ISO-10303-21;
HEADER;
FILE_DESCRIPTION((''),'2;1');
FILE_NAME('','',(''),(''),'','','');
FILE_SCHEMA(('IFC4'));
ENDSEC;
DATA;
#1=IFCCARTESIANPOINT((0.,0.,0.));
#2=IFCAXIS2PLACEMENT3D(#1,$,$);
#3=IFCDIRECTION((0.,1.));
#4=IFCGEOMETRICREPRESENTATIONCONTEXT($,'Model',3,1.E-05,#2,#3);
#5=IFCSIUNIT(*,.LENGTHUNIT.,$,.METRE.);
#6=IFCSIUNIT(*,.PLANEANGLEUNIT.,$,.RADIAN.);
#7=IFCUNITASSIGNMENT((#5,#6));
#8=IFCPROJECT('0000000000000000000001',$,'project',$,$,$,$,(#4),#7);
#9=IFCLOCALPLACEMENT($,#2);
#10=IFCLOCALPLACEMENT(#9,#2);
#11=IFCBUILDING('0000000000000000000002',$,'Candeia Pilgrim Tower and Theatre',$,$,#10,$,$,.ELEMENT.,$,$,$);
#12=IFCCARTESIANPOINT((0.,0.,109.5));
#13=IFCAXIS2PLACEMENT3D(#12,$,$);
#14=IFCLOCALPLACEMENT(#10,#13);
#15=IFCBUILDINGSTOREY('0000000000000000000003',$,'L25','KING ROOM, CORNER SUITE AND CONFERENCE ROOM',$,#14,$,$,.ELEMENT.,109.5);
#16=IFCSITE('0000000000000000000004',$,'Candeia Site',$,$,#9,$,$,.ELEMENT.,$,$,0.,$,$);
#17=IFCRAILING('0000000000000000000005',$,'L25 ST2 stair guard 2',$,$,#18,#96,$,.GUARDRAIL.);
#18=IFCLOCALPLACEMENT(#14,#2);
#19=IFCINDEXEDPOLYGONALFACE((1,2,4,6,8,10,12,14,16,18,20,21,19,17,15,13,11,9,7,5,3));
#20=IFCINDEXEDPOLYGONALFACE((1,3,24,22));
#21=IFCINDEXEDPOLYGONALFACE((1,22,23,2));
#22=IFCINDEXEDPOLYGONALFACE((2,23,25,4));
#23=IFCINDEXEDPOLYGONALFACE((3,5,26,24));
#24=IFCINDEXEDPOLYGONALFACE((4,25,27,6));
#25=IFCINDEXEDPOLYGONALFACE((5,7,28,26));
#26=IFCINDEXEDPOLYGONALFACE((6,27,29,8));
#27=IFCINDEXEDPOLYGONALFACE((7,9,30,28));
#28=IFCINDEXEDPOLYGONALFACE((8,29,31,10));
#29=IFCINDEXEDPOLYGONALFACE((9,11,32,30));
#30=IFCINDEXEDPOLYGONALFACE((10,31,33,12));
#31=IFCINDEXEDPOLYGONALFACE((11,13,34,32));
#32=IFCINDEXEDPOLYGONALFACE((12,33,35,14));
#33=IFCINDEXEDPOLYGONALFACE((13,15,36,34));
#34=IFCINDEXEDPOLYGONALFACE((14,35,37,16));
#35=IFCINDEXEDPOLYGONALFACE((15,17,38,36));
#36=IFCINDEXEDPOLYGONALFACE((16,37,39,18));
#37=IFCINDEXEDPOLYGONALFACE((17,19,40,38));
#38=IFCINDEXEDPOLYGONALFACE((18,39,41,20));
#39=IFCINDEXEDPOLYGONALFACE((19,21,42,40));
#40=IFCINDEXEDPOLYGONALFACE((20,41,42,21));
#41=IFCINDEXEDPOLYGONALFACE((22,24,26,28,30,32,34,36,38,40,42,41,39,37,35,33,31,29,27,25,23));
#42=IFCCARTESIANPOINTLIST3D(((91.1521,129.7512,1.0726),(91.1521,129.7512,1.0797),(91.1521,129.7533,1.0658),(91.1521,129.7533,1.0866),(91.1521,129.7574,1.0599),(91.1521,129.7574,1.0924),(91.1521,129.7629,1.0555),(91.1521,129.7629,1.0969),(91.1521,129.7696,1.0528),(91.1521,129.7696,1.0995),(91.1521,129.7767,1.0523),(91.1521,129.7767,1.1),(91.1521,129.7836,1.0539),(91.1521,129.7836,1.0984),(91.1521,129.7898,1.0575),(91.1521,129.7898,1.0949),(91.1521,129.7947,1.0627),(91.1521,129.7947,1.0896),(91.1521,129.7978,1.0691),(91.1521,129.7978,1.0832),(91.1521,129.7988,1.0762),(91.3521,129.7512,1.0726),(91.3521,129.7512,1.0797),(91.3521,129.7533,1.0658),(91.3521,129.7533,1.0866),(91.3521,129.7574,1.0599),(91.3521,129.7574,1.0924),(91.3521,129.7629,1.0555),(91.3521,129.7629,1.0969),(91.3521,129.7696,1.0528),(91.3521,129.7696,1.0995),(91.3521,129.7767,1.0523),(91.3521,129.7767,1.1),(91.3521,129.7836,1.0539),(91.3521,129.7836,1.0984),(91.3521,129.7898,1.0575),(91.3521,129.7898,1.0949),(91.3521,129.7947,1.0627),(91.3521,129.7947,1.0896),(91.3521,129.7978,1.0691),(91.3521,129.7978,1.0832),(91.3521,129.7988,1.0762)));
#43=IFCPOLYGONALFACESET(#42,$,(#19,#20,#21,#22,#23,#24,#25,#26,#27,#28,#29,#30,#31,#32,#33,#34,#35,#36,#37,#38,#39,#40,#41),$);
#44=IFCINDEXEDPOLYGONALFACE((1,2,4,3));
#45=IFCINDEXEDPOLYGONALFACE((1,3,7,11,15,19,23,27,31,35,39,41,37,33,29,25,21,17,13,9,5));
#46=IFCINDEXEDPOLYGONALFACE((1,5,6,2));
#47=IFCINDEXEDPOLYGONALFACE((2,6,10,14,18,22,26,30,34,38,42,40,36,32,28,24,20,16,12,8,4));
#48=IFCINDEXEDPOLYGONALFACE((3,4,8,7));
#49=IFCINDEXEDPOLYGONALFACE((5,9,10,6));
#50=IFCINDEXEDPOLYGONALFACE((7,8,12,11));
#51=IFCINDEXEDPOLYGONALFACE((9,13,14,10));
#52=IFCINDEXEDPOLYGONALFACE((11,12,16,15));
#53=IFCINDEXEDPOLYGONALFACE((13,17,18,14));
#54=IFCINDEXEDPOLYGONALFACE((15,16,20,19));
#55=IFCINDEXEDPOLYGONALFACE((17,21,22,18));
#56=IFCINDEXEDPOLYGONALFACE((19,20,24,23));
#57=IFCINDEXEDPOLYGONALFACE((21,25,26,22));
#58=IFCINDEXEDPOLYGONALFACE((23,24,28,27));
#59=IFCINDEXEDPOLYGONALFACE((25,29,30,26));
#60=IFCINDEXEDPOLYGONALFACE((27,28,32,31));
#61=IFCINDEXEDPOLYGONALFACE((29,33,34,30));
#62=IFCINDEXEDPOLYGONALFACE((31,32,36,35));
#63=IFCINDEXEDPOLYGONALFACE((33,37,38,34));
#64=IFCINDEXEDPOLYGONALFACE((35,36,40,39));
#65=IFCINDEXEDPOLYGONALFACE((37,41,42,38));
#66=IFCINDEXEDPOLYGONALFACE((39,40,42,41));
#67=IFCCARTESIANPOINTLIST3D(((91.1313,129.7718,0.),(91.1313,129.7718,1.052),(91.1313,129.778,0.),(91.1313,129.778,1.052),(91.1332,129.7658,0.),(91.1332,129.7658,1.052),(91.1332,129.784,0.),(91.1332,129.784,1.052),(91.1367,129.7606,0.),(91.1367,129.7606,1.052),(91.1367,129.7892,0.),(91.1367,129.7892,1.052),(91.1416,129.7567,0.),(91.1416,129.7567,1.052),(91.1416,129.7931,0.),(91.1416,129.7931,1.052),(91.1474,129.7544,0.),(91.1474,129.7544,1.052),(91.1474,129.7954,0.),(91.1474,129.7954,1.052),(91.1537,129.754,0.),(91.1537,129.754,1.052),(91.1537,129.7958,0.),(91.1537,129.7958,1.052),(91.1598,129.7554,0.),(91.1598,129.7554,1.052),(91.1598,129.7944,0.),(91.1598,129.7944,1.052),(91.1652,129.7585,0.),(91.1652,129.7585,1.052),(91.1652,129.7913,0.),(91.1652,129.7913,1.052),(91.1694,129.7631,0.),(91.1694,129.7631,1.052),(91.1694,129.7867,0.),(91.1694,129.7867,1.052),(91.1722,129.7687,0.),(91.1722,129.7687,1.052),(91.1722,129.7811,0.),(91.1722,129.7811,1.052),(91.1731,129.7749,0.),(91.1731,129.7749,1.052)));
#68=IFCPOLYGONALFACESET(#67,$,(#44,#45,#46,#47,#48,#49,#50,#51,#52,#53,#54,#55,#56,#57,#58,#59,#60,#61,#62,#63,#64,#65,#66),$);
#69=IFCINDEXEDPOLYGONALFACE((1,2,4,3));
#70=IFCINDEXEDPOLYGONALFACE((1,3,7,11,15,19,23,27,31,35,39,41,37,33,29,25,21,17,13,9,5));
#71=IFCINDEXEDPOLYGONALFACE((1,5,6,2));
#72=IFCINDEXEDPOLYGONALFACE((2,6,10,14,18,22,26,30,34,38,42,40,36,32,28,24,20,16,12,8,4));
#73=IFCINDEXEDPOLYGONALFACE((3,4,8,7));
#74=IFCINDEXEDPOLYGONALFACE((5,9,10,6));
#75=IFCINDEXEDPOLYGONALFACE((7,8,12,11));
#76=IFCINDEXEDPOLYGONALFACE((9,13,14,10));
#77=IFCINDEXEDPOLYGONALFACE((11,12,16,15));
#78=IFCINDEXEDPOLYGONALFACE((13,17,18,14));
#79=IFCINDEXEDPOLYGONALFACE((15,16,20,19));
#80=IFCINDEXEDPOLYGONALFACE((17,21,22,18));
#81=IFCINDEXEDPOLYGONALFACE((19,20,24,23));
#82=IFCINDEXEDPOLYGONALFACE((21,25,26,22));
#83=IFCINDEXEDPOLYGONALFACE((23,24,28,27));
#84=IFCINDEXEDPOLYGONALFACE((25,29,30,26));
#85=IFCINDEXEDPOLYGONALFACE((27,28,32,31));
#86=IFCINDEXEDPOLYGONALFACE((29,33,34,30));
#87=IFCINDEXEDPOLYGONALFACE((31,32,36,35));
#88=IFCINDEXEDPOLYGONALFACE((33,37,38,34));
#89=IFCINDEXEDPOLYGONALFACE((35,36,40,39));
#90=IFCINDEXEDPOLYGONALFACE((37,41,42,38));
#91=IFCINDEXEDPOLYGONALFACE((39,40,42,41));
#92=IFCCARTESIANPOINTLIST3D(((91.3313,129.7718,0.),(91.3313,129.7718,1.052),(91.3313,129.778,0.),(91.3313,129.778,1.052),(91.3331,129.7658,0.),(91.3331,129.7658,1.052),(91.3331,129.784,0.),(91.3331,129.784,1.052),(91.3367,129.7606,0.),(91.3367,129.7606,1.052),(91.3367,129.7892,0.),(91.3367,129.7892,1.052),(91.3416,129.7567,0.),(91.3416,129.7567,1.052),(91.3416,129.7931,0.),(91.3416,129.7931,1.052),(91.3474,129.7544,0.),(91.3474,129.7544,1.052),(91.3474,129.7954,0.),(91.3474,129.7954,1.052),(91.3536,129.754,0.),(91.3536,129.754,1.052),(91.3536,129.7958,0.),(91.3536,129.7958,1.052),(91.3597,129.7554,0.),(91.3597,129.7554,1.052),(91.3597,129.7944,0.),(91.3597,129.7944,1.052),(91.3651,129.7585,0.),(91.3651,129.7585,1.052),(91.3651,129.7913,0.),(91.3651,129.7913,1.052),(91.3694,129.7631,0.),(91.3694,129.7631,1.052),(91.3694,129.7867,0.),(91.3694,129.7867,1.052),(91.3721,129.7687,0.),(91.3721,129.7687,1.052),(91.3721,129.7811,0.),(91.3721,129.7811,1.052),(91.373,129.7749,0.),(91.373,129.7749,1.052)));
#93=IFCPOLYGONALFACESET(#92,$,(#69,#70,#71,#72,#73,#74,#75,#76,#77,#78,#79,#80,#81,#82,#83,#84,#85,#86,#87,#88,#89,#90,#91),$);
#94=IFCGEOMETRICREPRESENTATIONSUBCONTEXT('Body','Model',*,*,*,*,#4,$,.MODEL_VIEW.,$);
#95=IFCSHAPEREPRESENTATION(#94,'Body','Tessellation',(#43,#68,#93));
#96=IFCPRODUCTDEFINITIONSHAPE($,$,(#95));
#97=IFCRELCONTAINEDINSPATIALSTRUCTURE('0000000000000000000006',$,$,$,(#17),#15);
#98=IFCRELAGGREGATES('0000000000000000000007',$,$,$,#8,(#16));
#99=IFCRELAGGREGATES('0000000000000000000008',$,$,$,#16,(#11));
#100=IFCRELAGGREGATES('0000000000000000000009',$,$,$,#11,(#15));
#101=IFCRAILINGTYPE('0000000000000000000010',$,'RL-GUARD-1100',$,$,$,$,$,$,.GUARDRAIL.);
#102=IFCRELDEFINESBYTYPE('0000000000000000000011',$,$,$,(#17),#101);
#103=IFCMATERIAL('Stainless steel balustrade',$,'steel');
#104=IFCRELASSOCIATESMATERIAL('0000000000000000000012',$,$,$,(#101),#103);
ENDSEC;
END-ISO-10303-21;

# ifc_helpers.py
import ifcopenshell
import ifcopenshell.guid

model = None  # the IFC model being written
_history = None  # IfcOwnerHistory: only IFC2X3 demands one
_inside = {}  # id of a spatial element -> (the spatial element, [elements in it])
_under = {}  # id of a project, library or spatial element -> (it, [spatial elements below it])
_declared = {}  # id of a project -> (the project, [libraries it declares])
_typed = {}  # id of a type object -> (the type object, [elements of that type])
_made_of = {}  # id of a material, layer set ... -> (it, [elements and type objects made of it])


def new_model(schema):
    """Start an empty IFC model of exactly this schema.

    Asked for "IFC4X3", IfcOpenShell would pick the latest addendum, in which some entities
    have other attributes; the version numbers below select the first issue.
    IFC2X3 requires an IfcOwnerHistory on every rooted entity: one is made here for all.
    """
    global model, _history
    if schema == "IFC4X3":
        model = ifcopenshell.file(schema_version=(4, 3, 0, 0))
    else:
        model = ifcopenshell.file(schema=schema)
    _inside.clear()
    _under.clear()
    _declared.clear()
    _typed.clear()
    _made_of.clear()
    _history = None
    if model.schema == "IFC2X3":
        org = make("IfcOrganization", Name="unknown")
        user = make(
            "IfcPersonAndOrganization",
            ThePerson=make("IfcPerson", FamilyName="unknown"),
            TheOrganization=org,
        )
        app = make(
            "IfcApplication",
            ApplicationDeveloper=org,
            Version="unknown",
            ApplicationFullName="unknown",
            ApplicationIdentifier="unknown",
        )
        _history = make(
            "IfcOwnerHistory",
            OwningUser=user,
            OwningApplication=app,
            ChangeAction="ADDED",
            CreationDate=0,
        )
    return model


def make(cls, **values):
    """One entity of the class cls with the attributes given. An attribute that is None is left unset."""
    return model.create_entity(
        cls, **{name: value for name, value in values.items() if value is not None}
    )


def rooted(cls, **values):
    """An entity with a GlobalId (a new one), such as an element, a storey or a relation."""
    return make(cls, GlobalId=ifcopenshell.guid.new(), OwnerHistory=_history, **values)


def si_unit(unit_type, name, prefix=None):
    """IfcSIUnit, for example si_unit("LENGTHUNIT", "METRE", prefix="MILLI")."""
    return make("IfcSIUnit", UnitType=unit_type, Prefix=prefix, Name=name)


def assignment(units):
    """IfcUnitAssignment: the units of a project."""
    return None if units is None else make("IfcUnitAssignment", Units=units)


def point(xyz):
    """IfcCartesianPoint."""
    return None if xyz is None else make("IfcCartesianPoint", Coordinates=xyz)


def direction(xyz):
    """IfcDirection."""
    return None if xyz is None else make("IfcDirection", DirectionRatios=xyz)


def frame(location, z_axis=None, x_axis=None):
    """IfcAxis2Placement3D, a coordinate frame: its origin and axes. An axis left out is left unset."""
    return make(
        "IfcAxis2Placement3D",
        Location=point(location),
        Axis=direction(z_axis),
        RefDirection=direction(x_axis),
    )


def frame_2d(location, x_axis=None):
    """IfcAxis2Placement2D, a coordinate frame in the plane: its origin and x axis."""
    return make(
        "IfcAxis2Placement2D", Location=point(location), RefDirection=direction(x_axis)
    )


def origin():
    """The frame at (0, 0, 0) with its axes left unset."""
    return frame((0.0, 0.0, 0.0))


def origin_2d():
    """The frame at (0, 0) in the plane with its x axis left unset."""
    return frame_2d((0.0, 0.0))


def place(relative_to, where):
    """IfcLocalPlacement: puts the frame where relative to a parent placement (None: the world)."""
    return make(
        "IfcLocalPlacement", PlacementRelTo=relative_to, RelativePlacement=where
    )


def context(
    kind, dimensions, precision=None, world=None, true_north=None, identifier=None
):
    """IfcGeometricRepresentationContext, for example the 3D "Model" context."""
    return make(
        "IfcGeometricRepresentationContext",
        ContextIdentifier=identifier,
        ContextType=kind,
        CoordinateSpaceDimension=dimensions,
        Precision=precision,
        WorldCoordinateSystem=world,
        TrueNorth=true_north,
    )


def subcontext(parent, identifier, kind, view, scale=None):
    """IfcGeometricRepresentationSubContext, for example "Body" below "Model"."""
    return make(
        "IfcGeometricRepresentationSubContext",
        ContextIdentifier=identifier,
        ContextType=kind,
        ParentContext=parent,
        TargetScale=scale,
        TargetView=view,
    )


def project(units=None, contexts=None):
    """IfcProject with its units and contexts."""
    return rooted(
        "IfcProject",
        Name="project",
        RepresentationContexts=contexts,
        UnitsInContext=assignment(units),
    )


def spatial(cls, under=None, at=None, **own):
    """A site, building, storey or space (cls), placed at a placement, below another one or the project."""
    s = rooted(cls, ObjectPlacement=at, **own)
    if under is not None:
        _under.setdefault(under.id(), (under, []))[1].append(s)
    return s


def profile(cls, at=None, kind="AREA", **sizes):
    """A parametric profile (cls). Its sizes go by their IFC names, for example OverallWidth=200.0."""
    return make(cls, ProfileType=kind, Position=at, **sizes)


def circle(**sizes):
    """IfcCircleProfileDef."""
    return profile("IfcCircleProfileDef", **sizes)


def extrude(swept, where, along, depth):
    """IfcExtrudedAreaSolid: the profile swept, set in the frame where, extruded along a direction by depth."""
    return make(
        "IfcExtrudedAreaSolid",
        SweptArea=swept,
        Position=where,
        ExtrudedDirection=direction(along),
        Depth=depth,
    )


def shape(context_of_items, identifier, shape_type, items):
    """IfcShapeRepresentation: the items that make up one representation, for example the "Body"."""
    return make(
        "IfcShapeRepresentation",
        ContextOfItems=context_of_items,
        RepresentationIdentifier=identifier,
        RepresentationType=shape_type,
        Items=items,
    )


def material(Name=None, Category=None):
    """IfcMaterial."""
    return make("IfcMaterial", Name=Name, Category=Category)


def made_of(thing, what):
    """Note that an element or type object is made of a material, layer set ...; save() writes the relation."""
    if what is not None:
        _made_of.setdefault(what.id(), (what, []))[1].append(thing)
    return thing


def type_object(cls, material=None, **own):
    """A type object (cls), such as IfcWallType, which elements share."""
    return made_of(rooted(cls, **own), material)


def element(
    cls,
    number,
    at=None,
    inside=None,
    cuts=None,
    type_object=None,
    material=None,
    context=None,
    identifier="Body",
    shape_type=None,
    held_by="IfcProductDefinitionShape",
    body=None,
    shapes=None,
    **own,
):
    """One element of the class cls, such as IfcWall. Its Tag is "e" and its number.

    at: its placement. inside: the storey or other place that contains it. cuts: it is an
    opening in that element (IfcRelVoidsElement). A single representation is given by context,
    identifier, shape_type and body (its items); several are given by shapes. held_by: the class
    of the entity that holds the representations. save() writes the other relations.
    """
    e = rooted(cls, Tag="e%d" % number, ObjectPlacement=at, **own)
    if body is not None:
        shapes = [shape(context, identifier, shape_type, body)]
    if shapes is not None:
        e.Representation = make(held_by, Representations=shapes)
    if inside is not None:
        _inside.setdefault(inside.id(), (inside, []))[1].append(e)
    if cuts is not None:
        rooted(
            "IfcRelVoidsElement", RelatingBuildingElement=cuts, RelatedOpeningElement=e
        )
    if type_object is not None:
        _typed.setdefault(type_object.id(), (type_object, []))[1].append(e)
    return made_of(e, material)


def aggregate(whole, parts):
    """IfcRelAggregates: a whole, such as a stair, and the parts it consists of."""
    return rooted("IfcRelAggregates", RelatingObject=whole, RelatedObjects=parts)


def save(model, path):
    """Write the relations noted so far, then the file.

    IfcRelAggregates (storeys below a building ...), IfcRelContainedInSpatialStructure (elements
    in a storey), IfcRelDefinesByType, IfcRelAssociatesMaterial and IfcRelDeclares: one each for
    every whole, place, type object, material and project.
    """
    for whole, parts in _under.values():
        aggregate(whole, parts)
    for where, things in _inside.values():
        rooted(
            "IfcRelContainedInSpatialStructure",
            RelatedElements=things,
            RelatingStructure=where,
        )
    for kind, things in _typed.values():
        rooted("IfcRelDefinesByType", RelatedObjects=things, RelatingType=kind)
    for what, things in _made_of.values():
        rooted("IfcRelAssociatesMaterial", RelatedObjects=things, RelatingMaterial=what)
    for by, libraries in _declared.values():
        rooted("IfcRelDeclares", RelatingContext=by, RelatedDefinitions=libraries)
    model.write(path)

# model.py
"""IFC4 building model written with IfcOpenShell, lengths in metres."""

from ifc_helpers import new_model, si_unit, direction, frame, origin, origin_2d, place, context, subcontext, project, spatial, circle, extrude, material, type_object, element, save


model = new_model("IFC4")

# Units and contexts
model_context = context("Model", 3, precision=1e-05, world=origin(), true_north=direction((0.0, 1.0)))
body_context = subcontext(model_context, "Body", "Model", "MODEL_VIEW")
ifc_project = project(units=[si_unit("LENGTHUNIT", "METRE"), si_unit("PLANEANGLEUNIT", "RADIAN")], contexts=[model_context])

# Site, building, storey
site_placement = place(None, origin())
site = spatial("IfcSite", under=ifc_project, at=site_placement, Name="Candeia Site", CompositionType="ELEMENT", RefElevation=0.0)
building_placement = place(site_placement, origin())
building = spatial("IfcBuilding", under=site, at=building_placement, Name="Candeia Pilgrim Tower and Theatre", CompositionType="ELEMENT")
storey_placement = place(building_placement, frame((0.0, 0.0, 109.5)))
storey = spatial("IfcBuildingStorey", under=building, at=storey_placement, Name="L25", Description="KING ROOM, CORNER SUITE AND CONFERENCE ROOM", CompositionType="ELEMENT", Elevation=109.5)

# Shared definitions
ifc_material_1 = material(Name="Stainless steel balustrade", Category="steel")

# Railing
railing_type_1 = type_object("IfcRailingType", Name="RL-GUARD-1100", PredefinedType="GUARDRAIL", material=ifc_material_1)
railing_1_placement = place(storey_placement, frame((91.1521, 129.7749, 0.0)))
element("IfcRailing", 1, at=railing_1_placement, inside=storey, type_object=railing_type_1, Name="L25 ST2 stair guard 2", PredefinedType="GUARDRAIL", context=body_context, shape_type="SweptSolid", body=[
    extrude(circle(Radius=0.0239, at=origin_2d()), frame((0.0, 0.0, 1.0762), z_axis=(1.0, 0.0, 0.0), x_axis=(0.0, 1.0, 0.0)), (0.0, 0.0, 1.0), 0.2),
    extrude(circle(Radius=0.021, at=origin_2d()), origin(), (0.0, 0.0, 1.0), 1.052),
    extrude(circle(Radius=0.021, at=origin_2d()), frame((0.2, 0.0, 0.0)), (0.0, 0.0, 1.0), 1.052),
])

save(model, "model.ifc")
